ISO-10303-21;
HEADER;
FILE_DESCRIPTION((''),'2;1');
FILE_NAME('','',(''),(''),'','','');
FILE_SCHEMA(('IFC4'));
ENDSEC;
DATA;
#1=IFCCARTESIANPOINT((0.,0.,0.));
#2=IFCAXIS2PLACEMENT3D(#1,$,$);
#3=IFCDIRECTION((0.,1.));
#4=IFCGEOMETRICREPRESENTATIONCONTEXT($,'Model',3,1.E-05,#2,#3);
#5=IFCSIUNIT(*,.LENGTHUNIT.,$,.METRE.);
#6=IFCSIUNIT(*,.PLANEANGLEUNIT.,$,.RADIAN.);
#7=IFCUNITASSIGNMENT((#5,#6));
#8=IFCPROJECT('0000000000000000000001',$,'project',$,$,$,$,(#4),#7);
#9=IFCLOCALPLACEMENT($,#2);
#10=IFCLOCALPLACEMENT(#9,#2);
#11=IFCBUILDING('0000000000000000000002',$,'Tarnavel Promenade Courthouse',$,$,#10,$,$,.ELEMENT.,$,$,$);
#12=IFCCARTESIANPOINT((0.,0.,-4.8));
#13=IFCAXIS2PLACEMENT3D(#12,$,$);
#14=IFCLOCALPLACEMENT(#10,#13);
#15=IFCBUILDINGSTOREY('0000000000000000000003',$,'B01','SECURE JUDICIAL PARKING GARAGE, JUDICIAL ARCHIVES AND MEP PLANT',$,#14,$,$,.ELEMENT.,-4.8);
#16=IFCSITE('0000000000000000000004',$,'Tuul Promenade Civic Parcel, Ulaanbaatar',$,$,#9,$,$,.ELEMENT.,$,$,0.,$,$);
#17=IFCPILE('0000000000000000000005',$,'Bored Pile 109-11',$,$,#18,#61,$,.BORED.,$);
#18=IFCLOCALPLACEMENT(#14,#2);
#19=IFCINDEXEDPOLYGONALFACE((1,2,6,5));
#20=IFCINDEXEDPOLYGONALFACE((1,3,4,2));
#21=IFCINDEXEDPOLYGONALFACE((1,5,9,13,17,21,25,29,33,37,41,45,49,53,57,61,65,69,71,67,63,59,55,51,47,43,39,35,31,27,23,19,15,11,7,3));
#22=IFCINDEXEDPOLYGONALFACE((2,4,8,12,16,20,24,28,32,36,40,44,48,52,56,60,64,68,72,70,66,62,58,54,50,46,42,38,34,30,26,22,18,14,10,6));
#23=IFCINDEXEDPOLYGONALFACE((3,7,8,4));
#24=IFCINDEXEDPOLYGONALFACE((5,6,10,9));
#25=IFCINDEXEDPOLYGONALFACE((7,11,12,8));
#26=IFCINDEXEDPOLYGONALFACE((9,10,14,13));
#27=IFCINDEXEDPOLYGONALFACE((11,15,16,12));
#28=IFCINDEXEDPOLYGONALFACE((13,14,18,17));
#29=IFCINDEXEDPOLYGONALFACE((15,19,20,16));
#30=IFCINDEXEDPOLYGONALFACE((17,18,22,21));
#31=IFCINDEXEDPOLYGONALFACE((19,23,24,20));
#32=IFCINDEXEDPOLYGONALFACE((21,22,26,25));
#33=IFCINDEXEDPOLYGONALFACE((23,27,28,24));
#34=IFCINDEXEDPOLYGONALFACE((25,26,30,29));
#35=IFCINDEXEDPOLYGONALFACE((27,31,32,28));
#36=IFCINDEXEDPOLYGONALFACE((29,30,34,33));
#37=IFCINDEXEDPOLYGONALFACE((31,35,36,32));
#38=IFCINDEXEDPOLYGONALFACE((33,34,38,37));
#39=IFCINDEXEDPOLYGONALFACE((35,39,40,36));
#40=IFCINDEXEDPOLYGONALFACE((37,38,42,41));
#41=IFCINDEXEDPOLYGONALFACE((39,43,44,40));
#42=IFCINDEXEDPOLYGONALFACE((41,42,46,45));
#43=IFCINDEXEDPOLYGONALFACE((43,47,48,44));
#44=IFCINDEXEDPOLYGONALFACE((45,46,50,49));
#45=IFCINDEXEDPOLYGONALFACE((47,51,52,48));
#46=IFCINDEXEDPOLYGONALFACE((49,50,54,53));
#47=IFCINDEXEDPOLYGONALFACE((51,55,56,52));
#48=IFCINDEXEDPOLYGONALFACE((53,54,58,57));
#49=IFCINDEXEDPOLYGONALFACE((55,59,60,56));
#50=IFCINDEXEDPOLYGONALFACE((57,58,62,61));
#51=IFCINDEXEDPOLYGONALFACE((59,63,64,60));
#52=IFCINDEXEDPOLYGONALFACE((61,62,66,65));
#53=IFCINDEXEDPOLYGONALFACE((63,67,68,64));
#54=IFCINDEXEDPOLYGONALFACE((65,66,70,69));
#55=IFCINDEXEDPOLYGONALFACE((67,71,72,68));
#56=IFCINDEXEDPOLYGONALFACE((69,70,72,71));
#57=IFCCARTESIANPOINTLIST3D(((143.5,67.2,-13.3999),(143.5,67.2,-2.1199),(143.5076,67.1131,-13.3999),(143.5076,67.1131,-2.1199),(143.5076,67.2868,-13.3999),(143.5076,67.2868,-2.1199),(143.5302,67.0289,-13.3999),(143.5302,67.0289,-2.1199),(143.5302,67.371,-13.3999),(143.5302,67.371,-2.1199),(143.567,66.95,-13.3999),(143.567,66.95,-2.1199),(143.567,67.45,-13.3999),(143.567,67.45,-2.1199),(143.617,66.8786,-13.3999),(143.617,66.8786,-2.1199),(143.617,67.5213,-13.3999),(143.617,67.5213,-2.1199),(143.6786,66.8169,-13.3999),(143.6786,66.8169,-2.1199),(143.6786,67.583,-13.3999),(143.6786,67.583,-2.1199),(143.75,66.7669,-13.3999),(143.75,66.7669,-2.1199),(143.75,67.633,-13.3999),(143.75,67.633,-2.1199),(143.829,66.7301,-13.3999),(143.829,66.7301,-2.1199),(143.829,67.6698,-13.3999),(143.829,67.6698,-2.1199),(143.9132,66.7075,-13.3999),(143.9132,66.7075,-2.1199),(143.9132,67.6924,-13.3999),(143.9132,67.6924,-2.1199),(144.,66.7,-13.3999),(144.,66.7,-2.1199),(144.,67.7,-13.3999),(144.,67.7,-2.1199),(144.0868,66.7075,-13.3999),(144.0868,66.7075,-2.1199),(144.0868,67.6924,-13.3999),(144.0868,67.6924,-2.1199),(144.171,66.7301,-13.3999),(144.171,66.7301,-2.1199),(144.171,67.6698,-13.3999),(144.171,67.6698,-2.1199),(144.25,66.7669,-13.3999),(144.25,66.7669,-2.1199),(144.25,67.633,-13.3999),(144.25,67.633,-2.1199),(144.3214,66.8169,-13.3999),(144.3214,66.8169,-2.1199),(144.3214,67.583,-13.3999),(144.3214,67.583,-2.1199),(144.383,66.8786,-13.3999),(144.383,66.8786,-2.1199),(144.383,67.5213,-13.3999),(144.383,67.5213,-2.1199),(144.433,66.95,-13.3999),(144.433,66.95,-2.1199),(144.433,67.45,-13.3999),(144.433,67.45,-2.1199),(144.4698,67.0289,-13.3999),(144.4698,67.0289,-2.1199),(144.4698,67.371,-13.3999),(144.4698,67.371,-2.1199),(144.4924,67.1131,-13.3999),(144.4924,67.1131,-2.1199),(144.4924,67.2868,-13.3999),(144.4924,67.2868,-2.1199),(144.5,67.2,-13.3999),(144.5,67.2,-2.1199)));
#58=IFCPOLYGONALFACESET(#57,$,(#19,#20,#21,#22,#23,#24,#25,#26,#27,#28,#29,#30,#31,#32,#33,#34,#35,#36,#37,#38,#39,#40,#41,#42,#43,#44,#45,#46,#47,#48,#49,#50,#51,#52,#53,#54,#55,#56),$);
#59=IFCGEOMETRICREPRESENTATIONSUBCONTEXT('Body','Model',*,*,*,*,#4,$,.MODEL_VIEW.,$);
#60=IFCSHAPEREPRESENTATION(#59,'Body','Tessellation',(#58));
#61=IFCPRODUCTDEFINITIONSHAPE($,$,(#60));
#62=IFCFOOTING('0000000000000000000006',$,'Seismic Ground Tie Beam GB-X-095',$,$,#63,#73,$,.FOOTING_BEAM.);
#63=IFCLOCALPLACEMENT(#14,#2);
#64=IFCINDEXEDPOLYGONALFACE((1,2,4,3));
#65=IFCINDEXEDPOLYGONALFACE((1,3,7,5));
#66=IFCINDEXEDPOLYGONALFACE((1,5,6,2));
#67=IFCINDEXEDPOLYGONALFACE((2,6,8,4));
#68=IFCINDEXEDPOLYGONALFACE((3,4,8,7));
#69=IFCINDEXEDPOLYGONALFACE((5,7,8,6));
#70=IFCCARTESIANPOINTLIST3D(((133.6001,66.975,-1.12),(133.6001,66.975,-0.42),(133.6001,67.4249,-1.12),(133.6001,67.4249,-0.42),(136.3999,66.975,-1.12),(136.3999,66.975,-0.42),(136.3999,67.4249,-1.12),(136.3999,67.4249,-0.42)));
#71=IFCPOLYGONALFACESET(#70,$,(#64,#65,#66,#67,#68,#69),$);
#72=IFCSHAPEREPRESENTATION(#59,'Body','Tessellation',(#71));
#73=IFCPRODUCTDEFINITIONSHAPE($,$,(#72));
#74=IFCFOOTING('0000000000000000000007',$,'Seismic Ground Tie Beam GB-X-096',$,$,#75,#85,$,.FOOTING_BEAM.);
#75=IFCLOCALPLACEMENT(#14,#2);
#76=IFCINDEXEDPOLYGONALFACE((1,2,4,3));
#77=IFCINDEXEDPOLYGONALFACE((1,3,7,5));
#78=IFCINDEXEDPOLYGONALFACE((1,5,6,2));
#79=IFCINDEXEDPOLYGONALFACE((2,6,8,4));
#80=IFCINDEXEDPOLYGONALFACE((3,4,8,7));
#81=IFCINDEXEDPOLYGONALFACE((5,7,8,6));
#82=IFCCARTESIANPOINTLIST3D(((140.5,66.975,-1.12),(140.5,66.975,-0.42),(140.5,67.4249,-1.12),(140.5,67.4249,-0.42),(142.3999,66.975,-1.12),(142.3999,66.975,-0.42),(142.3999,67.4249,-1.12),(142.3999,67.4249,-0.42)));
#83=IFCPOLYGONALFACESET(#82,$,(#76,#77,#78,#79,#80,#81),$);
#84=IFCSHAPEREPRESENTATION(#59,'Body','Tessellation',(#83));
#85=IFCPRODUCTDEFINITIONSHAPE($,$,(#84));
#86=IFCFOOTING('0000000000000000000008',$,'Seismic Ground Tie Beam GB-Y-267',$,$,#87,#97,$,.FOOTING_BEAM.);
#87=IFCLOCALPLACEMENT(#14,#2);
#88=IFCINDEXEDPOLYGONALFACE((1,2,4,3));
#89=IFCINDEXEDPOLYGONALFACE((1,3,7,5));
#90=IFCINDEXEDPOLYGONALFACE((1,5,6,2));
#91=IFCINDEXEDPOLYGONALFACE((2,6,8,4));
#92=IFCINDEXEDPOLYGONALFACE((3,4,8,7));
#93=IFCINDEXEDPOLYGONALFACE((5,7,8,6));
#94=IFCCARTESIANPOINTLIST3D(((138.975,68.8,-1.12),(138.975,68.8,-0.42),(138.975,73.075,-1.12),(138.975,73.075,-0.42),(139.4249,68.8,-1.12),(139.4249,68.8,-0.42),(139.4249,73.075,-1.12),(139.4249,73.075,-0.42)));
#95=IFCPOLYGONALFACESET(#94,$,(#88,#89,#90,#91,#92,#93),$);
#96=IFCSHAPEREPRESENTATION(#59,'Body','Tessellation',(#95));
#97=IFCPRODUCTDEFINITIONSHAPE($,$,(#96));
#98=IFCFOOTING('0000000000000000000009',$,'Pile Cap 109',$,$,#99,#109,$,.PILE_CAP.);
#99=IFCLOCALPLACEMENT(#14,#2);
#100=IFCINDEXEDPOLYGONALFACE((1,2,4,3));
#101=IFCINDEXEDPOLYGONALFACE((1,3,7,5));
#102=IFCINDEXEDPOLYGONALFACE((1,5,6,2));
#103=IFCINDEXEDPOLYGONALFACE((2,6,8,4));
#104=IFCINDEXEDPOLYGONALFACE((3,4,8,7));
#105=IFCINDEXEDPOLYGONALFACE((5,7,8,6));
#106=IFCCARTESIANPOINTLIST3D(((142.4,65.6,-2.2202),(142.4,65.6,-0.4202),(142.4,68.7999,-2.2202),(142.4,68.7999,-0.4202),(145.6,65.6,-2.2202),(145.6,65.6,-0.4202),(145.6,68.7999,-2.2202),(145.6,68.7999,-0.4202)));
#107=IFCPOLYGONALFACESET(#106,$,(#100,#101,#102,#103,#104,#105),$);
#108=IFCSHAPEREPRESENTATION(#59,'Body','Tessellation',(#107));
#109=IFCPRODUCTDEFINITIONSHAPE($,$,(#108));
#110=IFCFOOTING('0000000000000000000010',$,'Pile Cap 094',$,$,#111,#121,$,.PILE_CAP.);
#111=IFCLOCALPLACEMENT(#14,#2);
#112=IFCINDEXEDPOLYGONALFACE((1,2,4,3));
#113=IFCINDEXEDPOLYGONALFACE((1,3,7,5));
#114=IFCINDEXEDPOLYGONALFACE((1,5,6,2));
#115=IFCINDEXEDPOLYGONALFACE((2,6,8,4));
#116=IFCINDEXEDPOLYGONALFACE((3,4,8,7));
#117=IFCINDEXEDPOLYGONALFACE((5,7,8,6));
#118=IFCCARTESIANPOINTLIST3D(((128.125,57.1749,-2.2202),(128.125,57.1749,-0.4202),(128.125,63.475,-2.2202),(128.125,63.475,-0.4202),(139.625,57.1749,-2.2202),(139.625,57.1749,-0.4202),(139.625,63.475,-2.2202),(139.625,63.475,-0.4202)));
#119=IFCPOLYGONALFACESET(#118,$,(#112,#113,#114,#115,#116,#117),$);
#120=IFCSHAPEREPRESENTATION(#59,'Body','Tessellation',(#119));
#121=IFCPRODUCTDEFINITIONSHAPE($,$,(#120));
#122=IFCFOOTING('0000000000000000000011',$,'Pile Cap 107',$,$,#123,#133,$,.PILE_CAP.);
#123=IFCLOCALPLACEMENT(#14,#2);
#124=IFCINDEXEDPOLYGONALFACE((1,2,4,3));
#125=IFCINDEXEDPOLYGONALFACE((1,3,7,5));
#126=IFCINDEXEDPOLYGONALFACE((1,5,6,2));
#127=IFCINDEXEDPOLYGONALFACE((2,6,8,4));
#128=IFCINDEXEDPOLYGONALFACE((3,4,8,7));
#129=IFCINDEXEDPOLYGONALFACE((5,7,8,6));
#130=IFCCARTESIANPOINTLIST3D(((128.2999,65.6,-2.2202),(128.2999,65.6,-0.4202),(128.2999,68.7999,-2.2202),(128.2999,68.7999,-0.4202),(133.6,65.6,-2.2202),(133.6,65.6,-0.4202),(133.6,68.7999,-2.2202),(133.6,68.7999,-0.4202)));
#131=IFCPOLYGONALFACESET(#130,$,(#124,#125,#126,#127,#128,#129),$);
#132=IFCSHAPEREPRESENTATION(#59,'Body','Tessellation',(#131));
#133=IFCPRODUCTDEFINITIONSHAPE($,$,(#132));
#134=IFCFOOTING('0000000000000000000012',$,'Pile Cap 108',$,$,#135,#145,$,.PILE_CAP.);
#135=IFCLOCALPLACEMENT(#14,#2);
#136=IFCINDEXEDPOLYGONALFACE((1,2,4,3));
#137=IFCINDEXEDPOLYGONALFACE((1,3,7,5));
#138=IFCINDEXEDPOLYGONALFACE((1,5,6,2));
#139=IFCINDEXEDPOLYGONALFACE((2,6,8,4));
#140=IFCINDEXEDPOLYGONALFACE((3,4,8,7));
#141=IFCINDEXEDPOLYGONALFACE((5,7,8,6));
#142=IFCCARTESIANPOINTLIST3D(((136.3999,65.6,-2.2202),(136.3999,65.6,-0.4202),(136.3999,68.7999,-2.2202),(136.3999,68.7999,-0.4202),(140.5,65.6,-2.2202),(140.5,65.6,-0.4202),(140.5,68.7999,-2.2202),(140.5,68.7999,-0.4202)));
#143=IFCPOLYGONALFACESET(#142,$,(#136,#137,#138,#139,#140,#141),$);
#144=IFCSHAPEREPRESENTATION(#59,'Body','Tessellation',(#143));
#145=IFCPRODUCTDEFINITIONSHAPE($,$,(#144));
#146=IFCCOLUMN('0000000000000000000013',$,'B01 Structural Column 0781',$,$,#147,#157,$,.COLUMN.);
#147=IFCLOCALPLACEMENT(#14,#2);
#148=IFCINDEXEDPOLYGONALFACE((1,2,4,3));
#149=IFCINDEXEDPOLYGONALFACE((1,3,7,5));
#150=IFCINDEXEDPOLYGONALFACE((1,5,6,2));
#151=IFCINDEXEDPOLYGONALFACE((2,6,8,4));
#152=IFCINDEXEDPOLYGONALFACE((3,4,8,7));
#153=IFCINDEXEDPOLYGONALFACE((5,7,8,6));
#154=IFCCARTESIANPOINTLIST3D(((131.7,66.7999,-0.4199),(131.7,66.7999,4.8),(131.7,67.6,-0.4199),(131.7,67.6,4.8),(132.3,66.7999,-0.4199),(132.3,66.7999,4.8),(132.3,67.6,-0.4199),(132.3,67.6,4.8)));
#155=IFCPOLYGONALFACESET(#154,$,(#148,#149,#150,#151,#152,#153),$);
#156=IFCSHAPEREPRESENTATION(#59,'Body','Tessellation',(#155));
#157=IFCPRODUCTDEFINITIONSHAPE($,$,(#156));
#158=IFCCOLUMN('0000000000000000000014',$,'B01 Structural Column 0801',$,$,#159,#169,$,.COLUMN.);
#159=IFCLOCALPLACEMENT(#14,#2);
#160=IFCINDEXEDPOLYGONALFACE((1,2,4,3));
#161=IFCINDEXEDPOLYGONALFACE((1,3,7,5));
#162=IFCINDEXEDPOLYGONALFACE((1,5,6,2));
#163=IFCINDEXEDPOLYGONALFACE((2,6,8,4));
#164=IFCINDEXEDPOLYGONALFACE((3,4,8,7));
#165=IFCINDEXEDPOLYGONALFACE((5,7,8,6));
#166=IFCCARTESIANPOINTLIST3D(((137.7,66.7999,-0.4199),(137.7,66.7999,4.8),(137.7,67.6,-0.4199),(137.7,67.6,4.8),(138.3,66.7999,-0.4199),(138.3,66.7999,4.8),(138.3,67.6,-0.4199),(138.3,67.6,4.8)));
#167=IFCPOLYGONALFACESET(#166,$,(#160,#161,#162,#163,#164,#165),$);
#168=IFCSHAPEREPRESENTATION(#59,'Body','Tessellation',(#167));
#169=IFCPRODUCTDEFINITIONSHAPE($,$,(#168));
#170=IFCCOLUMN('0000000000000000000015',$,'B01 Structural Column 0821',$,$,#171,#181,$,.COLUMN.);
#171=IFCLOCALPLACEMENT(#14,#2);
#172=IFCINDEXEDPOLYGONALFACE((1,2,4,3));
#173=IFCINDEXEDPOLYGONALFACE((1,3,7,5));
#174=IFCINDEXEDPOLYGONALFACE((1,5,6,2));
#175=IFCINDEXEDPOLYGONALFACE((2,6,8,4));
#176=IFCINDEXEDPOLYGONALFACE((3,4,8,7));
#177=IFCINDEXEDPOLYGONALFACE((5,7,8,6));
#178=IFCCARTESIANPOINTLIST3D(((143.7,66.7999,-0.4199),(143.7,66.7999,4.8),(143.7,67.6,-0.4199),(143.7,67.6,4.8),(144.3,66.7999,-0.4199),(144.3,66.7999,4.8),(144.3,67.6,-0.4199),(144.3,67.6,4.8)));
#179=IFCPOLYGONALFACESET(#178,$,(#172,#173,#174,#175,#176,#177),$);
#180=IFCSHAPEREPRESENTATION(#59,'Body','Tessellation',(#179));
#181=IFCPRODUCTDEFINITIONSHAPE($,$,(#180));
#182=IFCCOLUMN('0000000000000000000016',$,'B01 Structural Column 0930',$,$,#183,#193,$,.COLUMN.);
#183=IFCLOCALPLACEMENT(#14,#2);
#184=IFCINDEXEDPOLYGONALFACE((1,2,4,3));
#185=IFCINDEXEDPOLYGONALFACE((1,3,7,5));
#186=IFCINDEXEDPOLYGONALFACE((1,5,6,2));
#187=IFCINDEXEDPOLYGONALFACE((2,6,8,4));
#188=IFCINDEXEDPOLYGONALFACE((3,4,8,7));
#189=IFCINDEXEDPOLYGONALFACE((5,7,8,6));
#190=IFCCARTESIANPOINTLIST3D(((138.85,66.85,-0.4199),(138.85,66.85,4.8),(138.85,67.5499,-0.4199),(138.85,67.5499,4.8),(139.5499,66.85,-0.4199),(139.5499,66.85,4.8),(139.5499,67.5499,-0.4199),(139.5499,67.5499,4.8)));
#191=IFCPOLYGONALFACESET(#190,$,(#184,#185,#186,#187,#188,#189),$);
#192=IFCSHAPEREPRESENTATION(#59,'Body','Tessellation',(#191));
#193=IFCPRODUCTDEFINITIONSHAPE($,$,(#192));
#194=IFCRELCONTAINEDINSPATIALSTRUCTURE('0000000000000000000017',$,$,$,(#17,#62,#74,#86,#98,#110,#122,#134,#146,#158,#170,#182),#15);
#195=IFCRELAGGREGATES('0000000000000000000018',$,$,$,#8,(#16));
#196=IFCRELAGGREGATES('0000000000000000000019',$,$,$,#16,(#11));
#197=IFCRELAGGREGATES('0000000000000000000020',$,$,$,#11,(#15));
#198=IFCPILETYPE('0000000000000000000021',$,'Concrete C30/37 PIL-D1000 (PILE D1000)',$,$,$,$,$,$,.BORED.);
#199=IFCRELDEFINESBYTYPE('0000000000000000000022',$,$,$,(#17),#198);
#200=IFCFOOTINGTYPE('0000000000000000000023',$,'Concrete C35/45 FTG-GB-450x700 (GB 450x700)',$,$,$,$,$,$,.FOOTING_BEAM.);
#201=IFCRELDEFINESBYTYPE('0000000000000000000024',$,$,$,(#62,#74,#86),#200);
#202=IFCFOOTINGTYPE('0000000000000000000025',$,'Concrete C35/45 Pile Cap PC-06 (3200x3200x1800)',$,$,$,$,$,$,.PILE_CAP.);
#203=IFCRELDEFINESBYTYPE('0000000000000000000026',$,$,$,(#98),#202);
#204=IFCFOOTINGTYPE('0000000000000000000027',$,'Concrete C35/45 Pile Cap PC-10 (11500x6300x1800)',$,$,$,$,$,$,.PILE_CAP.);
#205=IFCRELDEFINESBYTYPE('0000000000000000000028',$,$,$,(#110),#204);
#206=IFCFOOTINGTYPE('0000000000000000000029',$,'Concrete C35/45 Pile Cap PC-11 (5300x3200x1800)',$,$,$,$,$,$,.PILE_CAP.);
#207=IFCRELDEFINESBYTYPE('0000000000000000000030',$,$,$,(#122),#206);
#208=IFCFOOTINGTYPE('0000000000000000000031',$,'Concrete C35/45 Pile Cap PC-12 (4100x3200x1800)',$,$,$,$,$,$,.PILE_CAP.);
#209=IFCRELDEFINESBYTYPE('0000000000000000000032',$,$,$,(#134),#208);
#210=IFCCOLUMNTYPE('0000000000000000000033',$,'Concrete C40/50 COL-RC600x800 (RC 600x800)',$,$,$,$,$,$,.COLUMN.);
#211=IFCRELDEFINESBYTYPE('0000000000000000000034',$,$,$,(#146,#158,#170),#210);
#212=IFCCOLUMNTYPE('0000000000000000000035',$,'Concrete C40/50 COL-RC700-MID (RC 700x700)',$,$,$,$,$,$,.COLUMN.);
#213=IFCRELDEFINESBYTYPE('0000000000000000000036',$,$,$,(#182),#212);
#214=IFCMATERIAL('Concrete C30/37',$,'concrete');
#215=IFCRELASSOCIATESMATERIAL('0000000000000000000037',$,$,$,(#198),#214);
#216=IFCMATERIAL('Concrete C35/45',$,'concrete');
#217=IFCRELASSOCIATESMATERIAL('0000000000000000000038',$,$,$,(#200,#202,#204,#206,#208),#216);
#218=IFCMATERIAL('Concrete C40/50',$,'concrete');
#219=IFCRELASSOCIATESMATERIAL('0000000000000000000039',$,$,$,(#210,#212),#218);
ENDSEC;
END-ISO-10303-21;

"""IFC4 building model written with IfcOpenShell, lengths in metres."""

from ifc_helpers import new_model, si_unit, direction, frame, origin, origin_2d, place, context, subcontext, project, spatial, rectangle, circle, extrude, material, material_profile, profile_set, type_object, element, save


model = new_model("IFC4")

# Units and contexts
model_context = context("Model", 3, precision=1e-05, world=origin(), true_north=direction((0.0, 1.0)))
body_context = subcontext(model_context, "Body", "Model", "MODEL_VIEW")
ifc_project = project(units=[si_unit("LENGTHUNIT", "METRE"), si_unit("PLANEANGLEUNIT", "RADIAN")], contexts=[model_context])

# Site, building, storey
site_placement = place(None, origin())
site = spatial("IfcSite", under=ifc_project, at=site_placement, Name="Tuul Promenade Civic Parcel, Ulaanbaatar", CompositionType="ELEMENT", RefElevation=0.0)
building_placement = place(site_placement, origin())
building = spatial("IfcBuilding", under=site, at=building_placement, Name="Tarnavel Promenade Courthouse", CompositionType="ELEMENT")
storey_placement = place(building_placement, frame((0.0, 0.0, -4.8)))
storey = spatial("IfcBuildingStorey", under=building, at=storey_placement, Name="B01", Description="SECURE JUDICIAL PARKING GARAGE, JUDICIAL ARCHIVES AND MEP PLANT", CompositionType="ELEMENT", Elevation=-4.8)

# Pile
ifc_material_1 = material(Name="Concrete C30/37", Category="concrete")
ifc_material_profile_1 = material_profile(ifc_material_1, circle(Radius=0.5, at=origin_2d()), Name="PILE D1000")
ifc_profile_set_1 = profile_set([ifc_material_profile_1], Name="Concrete C30/37")
pile_type = type_object("IfcPileType", Name="Concrete C30/37 PIL-D1000 (PILE D1000)", PredefinedType="BORED", material=ifc_profile_set_1)
for number, where, z_axis, x_axis, name in (
    (1, (144.0, 67.2, -2.1199), (0.0, 0.0, -1.0), (1.0, 0.0, 0.0), "Bored Pile 109-11"),
):
    element("IfcPile", number, at=place(storey_placement, frame(where, z_axis=z_axis, x_axis=x_axis)), inside=storey, type_object=pile_type, Name=name, PredefinedType="BORED", context=body_context, shape_type="SweptSolid", body=[
        extrude(circle(Radius=0.5, at=origin_2d()), origin(), (0.0, 0.0, 1.0), 11.28),
    ])

# Footings
ifc_material_2 = material(Name="Concrete C35/45", Category="concrete")
ifc_material_profile_2 = material_profile(ifc_material_2, rectangle(XDim=0.45, YDim=0.7, at=origin_2d()), Name="GB 450x700")
ifc_profile_set_2 = profile_set([ifc_material_profile_2], Name="Concrete C35/45")
footing_type_1 = type_object("IfcFootingType", Name="Concrete C35/45 FTG-GB-450x700 (GB 450x700)", PredefinedType="FOOTING_BEAM", material=ifc_profile_set_2)
footing_1_placement = place(storey_placement, frame((133.6001, 67.2, -0.77), z_axis=(1.0, 0.0, 0.0), x_axis=(0.0, 1.0, 0.0)))
element("IfcFooting", 2, at=footing_1_placement, inside=storey, type_object=footing_type_1, Name="Seismic Ground Tie Beam GB-X-095", PredefinedType="FOOTING_BEAM", context=body_context, shape_type="SweptSolid", body=[
    extrude(rectangle(XDim=0.45, YDim=0.7, at=origin_2d()), origin(), (0.0, 0.0, 1.0), 2.7998),
])
footing_2_placement = place(storey_placement, frame((140.5, 67.2, -0.77), z_axis=(1.0, 0.0, 0.0), x_axis=(0.0, 1.0, 0.0)))
element("IfcFooting", 3, at=footing_2_placement, inside=storey, type_object=footing_type_1, Name="Seismic Ground Tie Beam GB-X-096", PredefinedType="FOOTING_BEAM", context=body_context, shape_type="SweptSolid", body=[
    extrude(rectangle(XDim=0.45, YDim=0.7, at=origin_2d()), origin(), (0.0, 0.0, 1.0), 1.8999),
])
footing_3_placement = place(storey_placement, frame((139.2, 68.8, -0.77), z_axis=(0.0, 1.0, 0.0), x_axis=(-1.0, 0.0, 0.0)))
element("IfcFooting", 4, at=footing_3_placement, inside=storey, type_object=footing_type_1, Name="Seismic Ground Tie Beam GB-Y-267", PredefinedType="FOOTING_BEAM", context=body_context, shape_type="SweptSolid", body=[
    extrude(rectangle(XDim=0.45, YDim=0.7, at=origin_2d()), origin(), (0.0, 0.0, 1.0), 4.2749),
])
footing_type_2 = type_object("IfcFootingType", Name="Concrete C35/45 Pile Cap PC-06 (3200x3200x1800)", PredefinedType="PILE_CAP", material=ifc_material_2)
footing_4_placement = place(storey_placement, frame((144.0, 67.2, -2.2202), z_axis=(0.0, 0.0, 1.0), x_axis=(1.0, 0.0, 0.0)))
element("IfcFooting", 5, at=footing_4_placement, inside=storey, type_object=footing_type_2, Name="Pile Cap 109", PredefinedType="PILE_CAP", context=body_context, shape_type="SweptSolid", body=[
    extrude(rectangle(XDim=3.2, YDim=3.2, at=origin_2d()), origin(), (0.0, 0.0, 1.0), 1.8),
])
footing_type_3 = type_object("IfcFootingType", Name="Concrete C35/45 Pile Cap PC-10 (11500x6300x1800)", PredefinedType="PILE_CAP", material=ifc_material_2)
footing_5_placement = place(storey_placement, frame((133.875, 60.325, -2.2202), z_axis=(0.0, 0.0, 1.0), x_axis=(1.0, 0.0, 0.0)))
element("IfcFooting", 6, at=footing_5_placement, inside=storey, type_object=footing_type_3, Name="Pile Cap 094", PredefinedType="PILE_CAP", context=body_context, shape_type="SweptSolid", body=[
    extrude(rectangle(XDim=11.5, YDim=6.3, at=origin_2d()), origin(), (0.0, 0.0, 1.0), 1.8),
])
footing_type_4 = type_object("IfcFootingType", Name="Concrete C35/45 Pile Cap PC-11 (5300x3200x1800)", PredefinedType="PILE_CAP", material=ifc_material_2)
footing_6_placement = place(storey_placement, frame((130.95, 67.2, -2.2202), z_axis=(0.0, 0.0, 1.0), x_axis=(1.0, 0.0, 0.0)))
element("IfcFooting", 7, at=footing_6_placement, inside=storey, type_object=footing_type_4, Name="Pile Cap 107", PredefinedType="PILE_CAP", context=body_context, shape_type="SweptSolid", body=[
    extrude(rectangle(XDim=5.3, YDim=3.2, at=origin_2d()), origin(), (0.0, 0.0, 1.0), 1.8),
])
footing_type_5 = type_object("IfcFootingType", Name="Concrete C35/45 Pile Cap PC-12 (4100x3200x1800)", PredefinedType="PILE_CAP", material=ifc_material_2)
footing_7_placement = place(storey_placement, frame((138.45, 67.2, -2.2202), z_axis=(0.0, 0.0, 1.0), x_axis=(1.0, 0.0, 0.0)))
element("IfcFooting", 8, at=footing_7_placement, inside=storey, type_object=footing_type_5, Name="Pile Cap 108", PredefinedType="PILE_CAP", context=body_context, shape_type="SweptSolid", body=[
    extrude(rectangle(XDim=4.1001, YDim=3.2, at=origin_2d()), origin(), (0.0, 0.0, 1.0), 1.8),
])

# Columns
ifc_material_3 = material(Name="Concrete C40/50", Category="concrete")
ifc_material_profile_3 = material_profile(ifc_material_3, rectangle(XDim=0.6001, YDim=0.8, at=origin_2d()), Name="RC 600x800")
ifc_profile_set_3 = profile_set([ifc_material_profile_3], Name="Concrete C40/50")
column_type_1 = type_object("IfcColumnType", Name="Concrete C40/50 COL-RC600x800 (RC 600x800)", PredefinedType="COLUMN", material=ifc_profile_set_3)
for number, where, z_axis, x_axis, name in (
    (9, (132.0, 67.2, -0.4199), (0.0, 0.0, 1.0), (1.0, 0.0, 0.0), "B01 Structural Column 0781"),
    (10, (138.0, 67.2, -0.4199), (0.0, 0.0, 1.0), (1.0, 0.0, 0.0), "B01 Structural Column 0801"),
    (11, (144.0, 67.2, -0.4199), (0.0, 0.0, 1.0), (1.0, 0.0, 0.0), "B01 Structural Column 0821"),
):
    element("IfcColumn", number, at=place(storey_placement, frame(where, z_axis=z_axis, x_axis=x_axis)), inside=storey, type_object=column_type_1, Name=name, PredefinedType="COLUMN", context=body_context, shape_type="SweptSolid", body=[
        extrude(rectangle(XDim=0.6001, YDim=0.8, at=origin_2d()), origin(), (0.0, 0.0, 1.0), 5.22),
    ])
ifc_material_profile_4 = material_profile(ifc_material_3, rectangle(XDim=0.7, YDim=0.7, at=origin_2d()), Name="RC 700x700")
ifc_profile_set_4 = profile_set([ifc_material_profile_4], Name="Concrete C40/50")
column_type_2 = type_object("IfcColumnType", Name="Concrete C40/50 COL-RC700-MID (RC 700x700)", PredefinedType="COLUMN", material=ifc_profile_set_4)
column_placement = place(storey_placement, frame((139.2, 67.2, -0.4199), z_axis=(0.0, 0.0, 1.0), x_axis=(1.0, 0.0, 0.0)))
element("IfcColumn", 12, at=column_placement, inside=storey, type_object=column_type_2, Name="B01 Structural Column 0930", PredefinedType="COLUMN", context=body_context, shape_type="SweptSolid", body=[
    extrude(rectangle(XDim=0.7, YDim=0.7, at=origin_2d()), origin(), (0.0, 0.0, 1.0), 5.22),
])

save(model, "model.ifc")
